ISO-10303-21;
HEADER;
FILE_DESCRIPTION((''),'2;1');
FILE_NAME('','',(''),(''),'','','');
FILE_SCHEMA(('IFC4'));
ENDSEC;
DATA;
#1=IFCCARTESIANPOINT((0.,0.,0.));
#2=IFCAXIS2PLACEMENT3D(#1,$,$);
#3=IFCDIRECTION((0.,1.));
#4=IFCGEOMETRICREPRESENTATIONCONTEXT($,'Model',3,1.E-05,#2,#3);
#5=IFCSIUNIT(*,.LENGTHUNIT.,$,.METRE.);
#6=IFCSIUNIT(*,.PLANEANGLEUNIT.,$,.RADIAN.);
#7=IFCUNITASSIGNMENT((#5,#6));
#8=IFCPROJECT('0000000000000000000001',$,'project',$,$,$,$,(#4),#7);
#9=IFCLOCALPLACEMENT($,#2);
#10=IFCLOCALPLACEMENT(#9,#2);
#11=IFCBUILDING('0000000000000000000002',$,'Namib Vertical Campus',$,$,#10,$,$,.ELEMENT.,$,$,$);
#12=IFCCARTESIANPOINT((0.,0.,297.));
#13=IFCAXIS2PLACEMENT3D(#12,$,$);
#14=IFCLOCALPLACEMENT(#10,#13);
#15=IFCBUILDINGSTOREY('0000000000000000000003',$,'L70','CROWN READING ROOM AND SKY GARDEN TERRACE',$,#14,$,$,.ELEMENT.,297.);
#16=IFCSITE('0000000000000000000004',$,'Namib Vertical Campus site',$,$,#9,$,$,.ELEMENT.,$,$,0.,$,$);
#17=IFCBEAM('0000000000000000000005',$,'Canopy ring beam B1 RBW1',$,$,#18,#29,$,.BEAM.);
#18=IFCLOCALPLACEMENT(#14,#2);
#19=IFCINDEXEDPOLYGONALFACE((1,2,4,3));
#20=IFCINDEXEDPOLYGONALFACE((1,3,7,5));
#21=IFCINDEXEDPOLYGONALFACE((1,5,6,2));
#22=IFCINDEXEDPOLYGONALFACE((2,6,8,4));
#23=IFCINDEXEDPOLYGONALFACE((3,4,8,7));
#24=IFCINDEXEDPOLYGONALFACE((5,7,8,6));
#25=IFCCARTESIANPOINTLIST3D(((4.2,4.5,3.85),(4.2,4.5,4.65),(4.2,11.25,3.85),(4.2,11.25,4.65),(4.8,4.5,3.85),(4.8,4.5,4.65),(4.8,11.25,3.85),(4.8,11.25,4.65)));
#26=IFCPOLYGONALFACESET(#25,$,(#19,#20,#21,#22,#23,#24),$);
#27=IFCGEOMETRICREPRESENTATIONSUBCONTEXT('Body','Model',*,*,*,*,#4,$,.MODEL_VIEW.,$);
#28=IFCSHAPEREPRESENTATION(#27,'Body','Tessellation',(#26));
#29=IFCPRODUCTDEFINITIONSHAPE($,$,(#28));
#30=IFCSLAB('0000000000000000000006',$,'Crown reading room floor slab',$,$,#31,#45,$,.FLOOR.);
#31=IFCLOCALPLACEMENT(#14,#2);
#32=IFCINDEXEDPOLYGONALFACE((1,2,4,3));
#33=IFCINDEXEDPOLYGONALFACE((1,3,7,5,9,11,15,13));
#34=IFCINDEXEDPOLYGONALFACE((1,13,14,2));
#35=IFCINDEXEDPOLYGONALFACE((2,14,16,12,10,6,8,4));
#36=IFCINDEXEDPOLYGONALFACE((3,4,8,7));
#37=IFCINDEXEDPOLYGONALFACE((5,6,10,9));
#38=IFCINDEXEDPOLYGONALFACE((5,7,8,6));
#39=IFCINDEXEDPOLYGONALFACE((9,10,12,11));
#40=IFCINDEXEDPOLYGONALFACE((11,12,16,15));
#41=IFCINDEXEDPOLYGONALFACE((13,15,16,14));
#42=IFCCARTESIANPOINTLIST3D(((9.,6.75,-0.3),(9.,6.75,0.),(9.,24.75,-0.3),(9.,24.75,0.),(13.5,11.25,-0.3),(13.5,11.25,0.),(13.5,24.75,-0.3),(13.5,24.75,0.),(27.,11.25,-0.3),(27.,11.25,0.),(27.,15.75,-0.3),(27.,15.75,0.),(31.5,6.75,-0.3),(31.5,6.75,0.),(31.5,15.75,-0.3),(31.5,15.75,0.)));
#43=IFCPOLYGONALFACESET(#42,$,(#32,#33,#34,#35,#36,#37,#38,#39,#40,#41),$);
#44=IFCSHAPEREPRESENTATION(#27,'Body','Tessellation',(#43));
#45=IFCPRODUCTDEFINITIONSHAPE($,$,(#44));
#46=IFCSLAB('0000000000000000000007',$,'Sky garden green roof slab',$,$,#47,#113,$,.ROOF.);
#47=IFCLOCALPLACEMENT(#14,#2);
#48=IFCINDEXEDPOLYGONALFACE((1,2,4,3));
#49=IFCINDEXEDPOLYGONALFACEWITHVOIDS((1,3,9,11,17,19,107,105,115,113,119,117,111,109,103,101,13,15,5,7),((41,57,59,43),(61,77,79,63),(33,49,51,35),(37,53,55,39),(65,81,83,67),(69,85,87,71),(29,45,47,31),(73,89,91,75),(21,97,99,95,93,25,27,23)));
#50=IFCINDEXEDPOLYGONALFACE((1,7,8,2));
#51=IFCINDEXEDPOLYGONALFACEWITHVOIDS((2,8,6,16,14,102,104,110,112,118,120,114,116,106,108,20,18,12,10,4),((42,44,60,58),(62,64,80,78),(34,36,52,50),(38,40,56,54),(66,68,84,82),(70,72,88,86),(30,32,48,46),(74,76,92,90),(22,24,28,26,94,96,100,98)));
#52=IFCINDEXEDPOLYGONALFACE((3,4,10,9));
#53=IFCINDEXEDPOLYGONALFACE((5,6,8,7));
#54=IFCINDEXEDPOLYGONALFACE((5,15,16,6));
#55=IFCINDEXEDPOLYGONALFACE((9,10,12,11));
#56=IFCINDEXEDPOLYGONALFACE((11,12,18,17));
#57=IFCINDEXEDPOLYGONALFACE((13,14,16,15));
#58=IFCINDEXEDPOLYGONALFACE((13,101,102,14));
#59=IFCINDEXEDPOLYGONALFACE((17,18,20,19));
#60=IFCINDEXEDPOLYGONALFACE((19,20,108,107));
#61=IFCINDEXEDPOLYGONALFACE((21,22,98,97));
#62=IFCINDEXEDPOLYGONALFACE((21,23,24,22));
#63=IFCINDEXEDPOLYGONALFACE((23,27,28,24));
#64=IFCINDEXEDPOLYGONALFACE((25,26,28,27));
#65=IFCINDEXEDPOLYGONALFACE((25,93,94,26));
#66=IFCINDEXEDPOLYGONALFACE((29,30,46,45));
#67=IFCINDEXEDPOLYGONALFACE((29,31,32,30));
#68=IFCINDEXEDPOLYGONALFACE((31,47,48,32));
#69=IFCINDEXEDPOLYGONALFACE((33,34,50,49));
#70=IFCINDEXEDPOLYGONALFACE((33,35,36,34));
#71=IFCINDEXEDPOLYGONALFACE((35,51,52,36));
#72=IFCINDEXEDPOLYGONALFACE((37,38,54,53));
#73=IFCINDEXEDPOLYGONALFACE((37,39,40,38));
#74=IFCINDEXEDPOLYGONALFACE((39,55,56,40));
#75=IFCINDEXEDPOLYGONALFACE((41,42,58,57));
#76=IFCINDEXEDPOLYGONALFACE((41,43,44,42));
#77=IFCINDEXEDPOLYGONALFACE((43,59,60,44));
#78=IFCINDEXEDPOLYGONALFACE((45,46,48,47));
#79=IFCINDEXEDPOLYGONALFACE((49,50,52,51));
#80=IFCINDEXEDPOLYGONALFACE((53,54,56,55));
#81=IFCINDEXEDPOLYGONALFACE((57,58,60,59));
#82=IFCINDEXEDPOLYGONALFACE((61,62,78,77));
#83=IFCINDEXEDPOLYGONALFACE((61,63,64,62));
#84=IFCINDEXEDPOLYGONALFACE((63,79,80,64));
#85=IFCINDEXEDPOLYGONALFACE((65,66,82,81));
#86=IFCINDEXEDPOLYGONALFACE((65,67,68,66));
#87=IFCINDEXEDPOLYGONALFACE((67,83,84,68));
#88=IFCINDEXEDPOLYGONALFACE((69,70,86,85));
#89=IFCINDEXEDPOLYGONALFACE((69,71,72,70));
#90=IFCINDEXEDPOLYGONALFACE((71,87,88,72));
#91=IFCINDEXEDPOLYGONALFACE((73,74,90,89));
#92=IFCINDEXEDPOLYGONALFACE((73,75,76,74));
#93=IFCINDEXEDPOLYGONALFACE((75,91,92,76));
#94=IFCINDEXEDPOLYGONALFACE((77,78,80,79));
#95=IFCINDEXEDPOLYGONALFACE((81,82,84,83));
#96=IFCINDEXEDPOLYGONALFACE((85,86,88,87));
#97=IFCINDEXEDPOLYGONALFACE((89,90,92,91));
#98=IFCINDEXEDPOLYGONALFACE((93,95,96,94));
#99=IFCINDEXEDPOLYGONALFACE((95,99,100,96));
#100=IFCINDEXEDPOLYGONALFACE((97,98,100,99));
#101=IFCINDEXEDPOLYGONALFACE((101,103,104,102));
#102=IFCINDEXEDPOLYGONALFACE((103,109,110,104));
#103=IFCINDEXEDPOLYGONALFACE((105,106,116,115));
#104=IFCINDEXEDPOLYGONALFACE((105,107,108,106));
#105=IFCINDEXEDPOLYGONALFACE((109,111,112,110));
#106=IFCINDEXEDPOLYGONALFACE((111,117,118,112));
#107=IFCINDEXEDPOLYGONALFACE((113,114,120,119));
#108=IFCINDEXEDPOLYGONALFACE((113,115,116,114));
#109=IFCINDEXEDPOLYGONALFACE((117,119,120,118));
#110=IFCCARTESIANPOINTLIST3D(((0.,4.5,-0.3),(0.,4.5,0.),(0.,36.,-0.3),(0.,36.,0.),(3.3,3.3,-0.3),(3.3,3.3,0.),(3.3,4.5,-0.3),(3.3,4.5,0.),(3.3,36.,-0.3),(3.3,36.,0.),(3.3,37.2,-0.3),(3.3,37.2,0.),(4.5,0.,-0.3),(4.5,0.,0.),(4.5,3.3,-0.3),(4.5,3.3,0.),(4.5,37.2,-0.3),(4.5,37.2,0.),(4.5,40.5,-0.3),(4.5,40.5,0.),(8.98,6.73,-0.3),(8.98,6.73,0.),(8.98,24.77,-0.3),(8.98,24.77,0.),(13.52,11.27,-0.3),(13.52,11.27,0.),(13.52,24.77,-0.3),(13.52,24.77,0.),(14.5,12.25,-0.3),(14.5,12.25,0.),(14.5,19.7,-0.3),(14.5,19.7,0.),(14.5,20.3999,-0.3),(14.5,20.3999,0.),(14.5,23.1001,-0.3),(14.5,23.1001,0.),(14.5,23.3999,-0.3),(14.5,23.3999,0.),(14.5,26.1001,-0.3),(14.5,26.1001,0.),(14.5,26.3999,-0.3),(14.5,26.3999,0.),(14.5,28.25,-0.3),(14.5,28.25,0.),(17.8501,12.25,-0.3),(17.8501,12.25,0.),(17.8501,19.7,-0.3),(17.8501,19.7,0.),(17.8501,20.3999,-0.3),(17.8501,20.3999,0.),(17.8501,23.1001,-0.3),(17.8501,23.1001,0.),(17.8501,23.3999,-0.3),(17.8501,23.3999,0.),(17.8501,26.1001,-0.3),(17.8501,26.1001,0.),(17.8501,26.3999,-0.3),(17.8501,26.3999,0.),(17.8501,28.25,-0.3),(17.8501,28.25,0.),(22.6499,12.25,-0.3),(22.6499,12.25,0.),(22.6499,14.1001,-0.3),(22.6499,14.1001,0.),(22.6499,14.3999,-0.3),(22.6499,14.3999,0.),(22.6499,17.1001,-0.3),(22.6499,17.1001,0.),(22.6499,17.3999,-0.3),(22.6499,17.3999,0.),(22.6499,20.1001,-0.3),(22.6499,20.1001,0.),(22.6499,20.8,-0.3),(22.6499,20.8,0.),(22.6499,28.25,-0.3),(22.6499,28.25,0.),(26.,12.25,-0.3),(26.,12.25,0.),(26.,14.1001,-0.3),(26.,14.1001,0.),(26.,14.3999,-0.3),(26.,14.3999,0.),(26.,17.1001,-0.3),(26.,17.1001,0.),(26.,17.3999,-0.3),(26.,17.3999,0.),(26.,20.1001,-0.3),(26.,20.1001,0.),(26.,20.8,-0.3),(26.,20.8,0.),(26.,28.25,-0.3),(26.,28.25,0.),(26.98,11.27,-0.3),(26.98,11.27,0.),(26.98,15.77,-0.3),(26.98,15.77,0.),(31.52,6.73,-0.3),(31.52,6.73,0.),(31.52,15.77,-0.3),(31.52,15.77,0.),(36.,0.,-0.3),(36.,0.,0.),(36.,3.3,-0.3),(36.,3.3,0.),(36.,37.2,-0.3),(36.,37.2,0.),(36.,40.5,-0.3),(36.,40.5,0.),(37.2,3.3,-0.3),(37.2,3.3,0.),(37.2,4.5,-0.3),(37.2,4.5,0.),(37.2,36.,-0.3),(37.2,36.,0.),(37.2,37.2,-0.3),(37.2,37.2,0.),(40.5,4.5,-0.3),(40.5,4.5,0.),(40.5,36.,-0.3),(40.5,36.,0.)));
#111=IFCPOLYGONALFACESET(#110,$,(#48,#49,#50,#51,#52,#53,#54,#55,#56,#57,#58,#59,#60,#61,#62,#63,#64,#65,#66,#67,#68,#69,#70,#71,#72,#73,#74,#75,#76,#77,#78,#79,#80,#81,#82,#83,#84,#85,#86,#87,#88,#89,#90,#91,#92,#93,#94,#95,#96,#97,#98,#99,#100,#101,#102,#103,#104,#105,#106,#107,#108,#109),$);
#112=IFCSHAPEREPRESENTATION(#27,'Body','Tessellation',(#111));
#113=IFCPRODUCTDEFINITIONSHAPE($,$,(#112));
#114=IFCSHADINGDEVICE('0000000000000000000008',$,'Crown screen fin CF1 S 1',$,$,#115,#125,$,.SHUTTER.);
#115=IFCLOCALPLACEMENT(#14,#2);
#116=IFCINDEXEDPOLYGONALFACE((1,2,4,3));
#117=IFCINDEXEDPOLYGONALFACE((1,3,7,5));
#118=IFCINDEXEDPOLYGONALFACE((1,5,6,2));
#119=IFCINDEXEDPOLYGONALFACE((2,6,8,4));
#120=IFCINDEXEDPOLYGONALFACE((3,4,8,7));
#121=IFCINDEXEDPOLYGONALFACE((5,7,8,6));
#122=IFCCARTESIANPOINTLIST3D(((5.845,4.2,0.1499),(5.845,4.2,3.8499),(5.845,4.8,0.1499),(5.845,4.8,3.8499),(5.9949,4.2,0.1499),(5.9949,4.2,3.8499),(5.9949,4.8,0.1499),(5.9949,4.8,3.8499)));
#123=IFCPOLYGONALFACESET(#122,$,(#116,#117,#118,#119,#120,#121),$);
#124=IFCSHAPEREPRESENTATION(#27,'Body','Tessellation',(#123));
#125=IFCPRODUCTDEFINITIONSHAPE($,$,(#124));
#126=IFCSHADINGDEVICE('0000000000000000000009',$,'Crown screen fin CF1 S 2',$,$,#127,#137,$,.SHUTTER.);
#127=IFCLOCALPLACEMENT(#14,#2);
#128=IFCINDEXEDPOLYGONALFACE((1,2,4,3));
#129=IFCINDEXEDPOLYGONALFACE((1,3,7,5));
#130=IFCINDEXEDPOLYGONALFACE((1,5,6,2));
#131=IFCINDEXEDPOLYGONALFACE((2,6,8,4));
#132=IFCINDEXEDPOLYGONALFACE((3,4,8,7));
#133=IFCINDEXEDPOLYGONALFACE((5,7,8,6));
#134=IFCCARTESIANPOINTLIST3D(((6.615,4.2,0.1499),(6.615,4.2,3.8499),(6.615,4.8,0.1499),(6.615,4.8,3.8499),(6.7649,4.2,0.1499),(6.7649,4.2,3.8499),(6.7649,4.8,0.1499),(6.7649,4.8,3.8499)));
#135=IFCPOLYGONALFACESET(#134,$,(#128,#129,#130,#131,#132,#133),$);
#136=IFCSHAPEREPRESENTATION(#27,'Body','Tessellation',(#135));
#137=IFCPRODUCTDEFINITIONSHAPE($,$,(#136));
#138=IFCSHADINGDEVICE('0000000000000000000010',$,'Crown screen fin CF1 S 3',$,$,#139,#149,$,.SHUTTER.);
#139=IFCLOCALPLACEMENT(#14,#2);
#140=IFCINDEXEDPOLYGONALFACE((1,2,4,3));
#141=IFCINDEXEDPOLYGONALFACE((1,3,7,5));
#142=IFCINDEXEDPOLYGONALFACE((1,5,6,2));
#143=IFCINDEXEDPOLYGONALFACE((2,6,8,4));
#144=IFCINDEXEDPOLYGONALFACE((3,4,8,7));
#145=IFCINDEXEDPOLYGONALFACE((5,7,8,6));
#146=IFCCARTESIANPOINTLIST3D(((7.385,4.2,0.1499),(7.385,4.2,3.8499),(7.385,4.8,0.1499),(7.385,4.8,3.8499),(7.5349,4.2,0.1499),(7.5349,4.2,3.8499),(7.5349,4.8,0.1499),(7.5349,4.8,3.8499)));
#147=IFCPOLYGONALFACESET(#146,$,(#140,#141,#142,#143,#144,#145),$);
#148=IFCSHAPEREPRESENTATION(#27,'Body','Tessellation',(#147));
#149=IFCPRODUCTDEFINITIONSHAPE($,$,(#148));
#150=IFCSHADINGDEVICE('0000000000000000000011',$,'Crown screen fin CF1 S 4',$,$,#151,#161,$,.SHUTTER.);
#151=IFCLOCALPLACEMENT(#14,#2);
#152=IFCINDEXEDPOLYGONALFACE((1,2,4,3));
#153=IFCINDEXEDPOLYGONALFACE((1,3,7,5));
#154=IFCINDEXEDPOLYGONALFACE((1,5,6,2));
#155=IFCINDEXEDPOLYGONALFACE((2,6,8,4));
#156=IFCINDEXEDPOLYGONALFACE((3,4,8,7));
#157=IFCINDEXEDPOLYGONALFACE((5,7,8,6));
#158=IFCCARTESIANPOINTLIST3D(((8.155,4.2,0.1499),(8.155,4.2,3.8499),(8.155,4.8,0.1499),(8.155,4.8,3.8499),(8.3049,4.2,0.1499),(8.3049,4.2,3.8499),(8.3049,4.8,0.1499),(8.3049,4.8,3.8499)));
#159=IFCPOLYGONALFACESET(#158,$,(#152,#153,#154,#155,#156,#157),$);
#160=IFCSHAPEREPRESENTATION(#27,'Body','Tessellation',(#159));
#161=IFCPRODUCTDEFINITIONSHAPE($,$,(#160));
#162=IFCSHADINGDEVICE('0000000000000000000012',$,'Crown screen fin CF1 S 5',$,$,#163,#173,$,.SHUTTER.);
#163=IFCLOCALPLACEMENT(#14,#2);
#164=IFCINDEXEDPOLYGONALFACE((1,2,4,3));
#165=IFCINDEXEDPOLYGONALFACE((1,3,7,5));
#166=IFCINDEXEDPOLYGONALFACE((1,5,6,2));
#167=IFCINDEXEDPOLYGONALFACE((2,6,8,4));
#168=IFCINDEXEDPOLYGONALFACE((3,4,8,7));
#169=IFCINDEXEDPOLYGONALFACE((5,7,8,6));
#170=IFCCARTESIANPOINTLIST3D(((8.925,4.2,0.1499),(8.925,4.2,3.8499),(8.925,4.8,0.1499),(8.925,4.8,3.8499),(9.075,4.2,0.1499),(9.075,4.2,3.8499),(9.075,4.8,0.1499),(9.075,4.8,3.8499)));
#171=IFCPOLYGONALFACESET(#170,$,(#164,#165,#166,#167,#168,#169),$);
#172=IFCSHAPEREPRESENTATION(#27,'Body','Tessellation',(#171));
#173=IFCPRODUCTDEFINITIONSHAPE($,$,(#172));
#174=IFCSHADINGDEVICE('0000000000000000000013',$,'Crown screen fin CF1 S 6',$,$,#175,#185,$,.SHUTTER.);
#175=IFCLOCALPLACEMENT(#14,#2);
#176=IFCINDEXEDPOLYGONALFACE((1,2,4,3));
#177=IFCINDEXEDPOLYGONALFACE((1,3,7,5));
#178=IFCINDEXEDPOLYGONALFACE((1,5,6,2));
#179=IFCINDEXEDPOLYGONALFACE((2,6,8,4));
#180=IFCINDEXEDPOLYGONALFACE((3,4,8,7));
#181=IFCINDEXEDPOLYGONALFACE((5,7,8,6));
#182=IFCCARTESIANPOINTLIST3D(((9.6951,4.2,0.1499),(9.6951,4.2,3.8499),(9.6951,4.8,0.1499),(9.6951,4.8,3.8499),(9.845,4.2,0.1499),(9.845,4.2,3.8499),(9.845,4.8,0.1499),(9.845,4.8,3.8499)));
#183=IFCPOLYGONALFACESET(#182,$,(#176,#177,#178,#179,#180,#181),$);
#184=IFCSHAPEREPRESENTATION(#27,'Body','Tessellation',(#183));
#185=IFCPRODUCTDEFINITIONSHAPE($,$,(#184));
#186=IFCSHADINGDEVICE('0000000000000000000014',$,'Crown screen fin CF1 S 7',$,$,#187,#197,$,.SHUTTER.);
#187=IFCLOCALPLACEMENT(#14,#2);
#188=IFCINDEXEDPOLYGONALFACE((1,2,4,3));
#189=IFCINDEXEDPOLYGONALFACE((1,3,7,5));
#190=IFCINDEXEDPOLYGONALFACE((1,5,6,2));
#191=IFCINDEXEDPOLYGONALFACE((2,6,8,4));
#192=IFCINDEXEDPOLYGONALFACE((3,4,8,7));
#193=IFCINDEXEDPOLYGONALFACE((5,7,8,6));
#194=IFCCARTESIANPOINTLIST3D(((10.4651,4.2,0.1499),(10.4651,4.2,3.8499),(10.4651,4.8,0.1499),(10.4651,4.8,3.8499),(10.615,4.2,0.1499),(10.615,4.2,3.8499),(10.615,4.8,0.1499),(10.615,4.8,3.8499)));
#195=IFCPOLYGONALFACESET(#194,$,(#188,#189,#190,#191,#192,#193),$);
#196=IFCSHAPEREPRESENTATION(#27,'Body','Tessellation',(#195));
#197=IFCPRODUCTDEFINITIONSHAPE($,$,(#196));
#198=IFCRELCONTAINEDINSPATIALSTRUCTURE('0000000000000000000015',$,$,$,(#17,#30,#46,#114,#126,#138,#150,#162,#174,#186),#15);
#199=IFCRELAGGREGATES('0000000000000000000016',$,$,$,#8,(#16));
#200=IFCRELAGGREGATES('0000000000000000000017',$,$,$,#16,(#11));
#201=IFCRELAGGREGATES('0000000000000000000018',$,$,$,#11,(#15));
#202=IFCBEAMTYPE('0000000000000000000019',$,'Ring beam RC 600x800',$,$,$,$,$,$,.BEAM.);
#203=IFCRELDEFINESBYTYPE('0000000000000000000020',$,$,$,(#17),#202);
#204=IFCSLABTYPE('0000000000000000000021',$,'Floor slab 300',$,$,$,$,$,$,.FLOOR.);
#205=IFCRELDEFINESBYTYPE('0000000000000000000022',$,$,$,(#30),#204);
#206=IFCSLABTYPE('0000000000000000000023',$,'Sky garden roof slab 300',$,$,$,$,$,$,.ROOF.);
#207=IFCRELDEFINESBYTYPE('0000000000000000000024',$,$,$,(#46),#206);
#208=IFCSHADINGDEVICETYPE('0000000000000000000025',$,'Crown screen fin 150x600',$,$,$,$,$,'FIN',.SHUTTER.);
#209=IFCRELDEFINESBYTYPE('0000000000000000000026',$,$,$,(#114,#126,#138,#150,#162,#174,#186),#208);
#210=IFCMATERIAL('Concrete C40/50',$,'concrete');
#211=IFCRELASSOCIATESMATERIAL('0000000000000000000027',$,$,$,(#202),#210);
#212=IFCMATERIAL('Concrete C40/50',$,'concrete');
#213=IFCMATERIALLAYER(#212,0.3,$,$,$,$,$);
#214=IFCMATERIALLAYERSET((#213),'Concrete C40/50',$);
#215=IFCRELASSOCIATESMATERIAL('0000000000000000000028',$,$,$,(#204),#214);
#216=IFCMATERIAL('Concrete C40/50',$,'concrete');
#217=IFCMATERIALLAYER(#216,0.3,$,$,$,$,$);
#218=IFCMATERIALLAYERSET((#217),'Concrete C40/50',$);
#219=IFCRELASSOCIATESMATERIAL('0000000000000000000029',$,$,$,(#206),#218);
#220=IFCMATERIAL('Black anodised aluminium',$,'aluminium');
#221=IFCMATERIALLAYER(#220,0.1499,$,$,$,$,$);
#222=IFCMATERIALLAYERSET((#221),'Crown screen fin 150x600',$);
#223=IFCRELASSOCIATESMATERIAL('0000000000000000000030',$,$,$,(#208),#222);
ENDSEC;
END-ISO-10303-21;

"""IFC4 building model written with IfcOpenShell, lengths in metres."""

from ifc_helpers import new_model, si_unit, direction, frame, origin, origin_2d, place, context, subcontext, project, spatial, polyline, rectangle, outline, extrude, material, layer, layer_set, material_profile, profile_set, type_object, element, save


model = new_model("IFC4")

# Units and contexts
model_context = context("Model", 3, precision=1e-05, world=origin(), true_north=direction((0.0, 1.0)))
body_context = subcontext(model_context, "Body", "Model", "MODEL_VIEW")
ifc_project = project(units=[si_unit("LENGTHUNIT", "METRE"), si_unit("PLANEANGLEUNIT", "RADIAN")], contexts=[model_context])

# Site, building, storey
site_placement = place(None, origin())
site = spatial("IfcSite", under=ifc_project, at=site_placement, Name="Namib Vertical Campus site", CompositionType="ELEMENT", RefElevation=0.0)
building_placement = place(site_placement, origin())
building = spatial("IfcBuilding", under=site, at=building_placement, Name="Namib Vertical Campus", CompositionType="ELEMENT")
storey_placement = place(building_placement, frame((0.0, 0.0, 297.0)))
storey = spatial("IfcBuildingStorey", under=building, at=storey_placement, Name="L70", Description="CROWN READING ROOM AND SKY GARDEN TERRACE", CompositionType="ELEMENT", Elevation=297.0)

# Beam
ifc_material_1 = material(Name="Concrete C40/50", Category="concrete")
ifc_material_profile_1 = material_profile(ifc_material_1, rectangle(XDim=0.6001, YDim=0.8, at=origin_2d()))
ifc_profile_set_1 = profile_set([ifc_material_profile_1], Name="Concrete C40/50")
beam_type_1 = type_object("IfcBeamType", Name="Ring beam RC 600x800", PredefinedType="BEAM", material=ifc_profile_set_1)
beam_1_placement = place(storey_placement, frame((4.5, 4.5, 4.25), z_axis=(0.0, 1.0, 0.0), x_axis=(-1.0, 0.0, 0.0)))
element("IfcBeam", 1, at=beam_1_placement, inside=storey, type_object=beam_type_1, Name="Canopy ring beam B1 RBW1", PredefinedType="BEAM", context=body_context, shape_type="SweptSolid", body=[
    extrude(rectangle(XDim=0.6001, YDim=0.8, at=origin_2d()), origin(), (0.0, 0.0, 1.0), 6.75),
])

# Slabs
ifc_material_2 = material(Name="Concrete C40/50", Category="concrete")
ifc_layer_1 = layer(ifc_material_2, 0.3)
ifc_layer_set_1 = layer_set([ifc_layer_1], Name="Concrete C40/50")
slab_type_1 = type_object("IfcSlabType", Name="Floor slab 300", PredefinedType="FLOOR", material=ifc_layer_set_1)
slab_1_placement = place(storey_placement, frame((0.0, 0.0, -0.3)))
element("IfcSlab", 2, at=slab_1_placement, inside=storey, type_object=slab_type_1, Name="Crown reading room floor slab", PredefinedType="FLOOR", context=body_context, shape_type="SweptSolid", body=[
    extrude(outline(polyline([(9.0, 6.75), (31.5, 6.75), (31.5, 15.75), (27.0, 15.75), (27.0, 11.25), (13.5, 11.25), (13.5, 24.75), (9.0, 24.75), (9.0, 6.75)])), origin(), (0.0, 0.0, 1.0), 0.3),
])
ifc_material_3 = material(Name="Concrete C40/50", Category="concrete")
ifc_layer_2 = layer(ifc_material_3, 0.3)
ifc_layer_set_2 = layer_set([ifc_layer_2], Name="Concrete C40/50")
slab_type_2 = type_object("IfcSlabType", Name="Sky garden roof slab 300", PredefinedType="ROOF", material=ifc_layer_set_2)
slab_2_placement = place(storey_placement, frame((0.0, 0.0, -0.3)))
element("IfcSlab", 3, at=slab_2_placement, inside=storey, type_object=slab_type_2, Name="Sky garden green roof slab", PredefinedType="ROOF", context=body_context, shape_type="SweptSolid", body=[
    extrude(outline(polyline([(3.3, 3.3), (4.5, 3.3), (4.5, 0.0), (36.0, 0.0), (36.0, 3.3), (37.2, 3.3), (37.2, 4.5), (40.5, 4.5), (40.5, 36.0), (37.2, 36.0), (37.2, 37.2), (36.0, 37.2), (36.0, 40.5), (4.5, 40.5), (4.5, 37.2), (3.3, 37.2), (3.3, 36.0), (0.0, 36.0), (0.0, 4.5), (3.3, 4.5), (3.3, 3.3)]), holes=[polyline([(26.98, 15.77), (31.52, 15.77), (31.52, 6.73), (8.98, 6.73), (8.98, 24.77), (13.52, 24.77), (13.52, 11.27), (26.98, 11.27), (26.98, 15.77)]), polyline([(22.6499, 14.1001), (26.0, 14.1001), (26.0, 12.25), (22.6499, 12.25), (22.6499, 14.1001)]), polyline([(22.6499, 17.1001), (26.0, 17.1001), (26.0, 14.3999), (22.6499, 14.3999), (22.6499, 17.1001)]), polyline([(22.6499, 20.1001), (26.0, 20.1001), (26.0, 17.3999), (22.6499, 17.3999), (22.6499, 20.1001)]), polyline([(22.6499, 28.25), (26.0, 28.25), (26.0, 20.8), (22.6499, 20.8), (22.6499, 28.25)]), polyline([(14.5, 19.7), (17.8501, 19.7), (17.8501, 12.25), (14.5, 12.25), (14.5, 19.7)]), polyline([(14.5, 23.1001), (17.8501, 23.1001), (17.8501, 20.3999), (14.5, 20.3999), (14.5, 23.1001)]), polyline([(14.5, 26.1001), (17.8501, 26.1001), (17.8501, 23.3999), (14.5, 23.3999), (14.5, 26.1001)]), polyline([(14.5, 28.25), (17.8501, 28.25), (17.8501, 26.3999), (14.5, 26.3999), (14.5, 28.25)])]), origin(), (0.0, 0.0, 1.0), 0.3),
])

# Shading devices
ifc_material_4 = material(Name="Black anodised aluminium", Category="aluminium")
ifc_layer_3 = layer(ifc_material_4, 0.1499)
ifc_layer_set_3 = layer_set([ifc_layer_3], Name="Crown screen fin 150x600")
shading_device_type = type_object("IfcShadingDeviceType", Name="Crown screen fin 150x600", ElementType="FIN", PredefinedType="SHUTTER", material=ifc_layer_set_3)
for number, where, z_axis, x_axis, name in (
    (4, (5.9199, 4.5, 0.1499), (0.0, 0.0, 1.0), (1.0, 0.0, 0.0), "Crown screen fin CF1 S 1"),
    (5, (6.6899, 4.5, 0.1499), (0.0, 0.0, 1.0), (1.0, 0.0, 0.0), "Crown screen fin CF1 S 2"),
    (6, (7.46, 4.5, 0.1499), (0.0, 0.0, 1.0), (1.0, 0.0, 0.0), "Crown screen fin CF1 S 3"),
    (7, (8.23, 4.5, 0.1499), (0.0, 0.0, 1.0), (1.0, 0.0, 0.0), "Crown screen fin CF1 S 4"),
    (8, (9.0, 4.5, 0.1499), (0.0, 0.0, 1.0), (1.0, 0.0, 0.0), "Crown screen fin CF1 S 5"),
    (9, (9.77, 4.5, 0.1499), (0.0, 0.0, 1.0), (1.0, 0.0, 0.0), "Crown screen fin CF1 S 6"),
    (10, (10.54, 4.5, 0.1499), (0.0, 0.0, 1.0), (1.0, 0.0, 0.0), "Crown screen fin CF1 S 7"),
):
    element("IfcShadingDevice", number, at=place(storey_placement, frame(where, z_axis=z_axis, x_axis=x_axis)), inside=storey, type_object=shading_device_type, Name=name, PredefinedType="SHUTTER", context=body_context, shape_type="SweptSolid", body=[
        extrude(rectangle(XDim=0.1499, YDim=0.6001, at=origin_2d()), origin(), (0.0, 0.0, 1.0), 3.7),
    ])

save(model, "model.ifc")
